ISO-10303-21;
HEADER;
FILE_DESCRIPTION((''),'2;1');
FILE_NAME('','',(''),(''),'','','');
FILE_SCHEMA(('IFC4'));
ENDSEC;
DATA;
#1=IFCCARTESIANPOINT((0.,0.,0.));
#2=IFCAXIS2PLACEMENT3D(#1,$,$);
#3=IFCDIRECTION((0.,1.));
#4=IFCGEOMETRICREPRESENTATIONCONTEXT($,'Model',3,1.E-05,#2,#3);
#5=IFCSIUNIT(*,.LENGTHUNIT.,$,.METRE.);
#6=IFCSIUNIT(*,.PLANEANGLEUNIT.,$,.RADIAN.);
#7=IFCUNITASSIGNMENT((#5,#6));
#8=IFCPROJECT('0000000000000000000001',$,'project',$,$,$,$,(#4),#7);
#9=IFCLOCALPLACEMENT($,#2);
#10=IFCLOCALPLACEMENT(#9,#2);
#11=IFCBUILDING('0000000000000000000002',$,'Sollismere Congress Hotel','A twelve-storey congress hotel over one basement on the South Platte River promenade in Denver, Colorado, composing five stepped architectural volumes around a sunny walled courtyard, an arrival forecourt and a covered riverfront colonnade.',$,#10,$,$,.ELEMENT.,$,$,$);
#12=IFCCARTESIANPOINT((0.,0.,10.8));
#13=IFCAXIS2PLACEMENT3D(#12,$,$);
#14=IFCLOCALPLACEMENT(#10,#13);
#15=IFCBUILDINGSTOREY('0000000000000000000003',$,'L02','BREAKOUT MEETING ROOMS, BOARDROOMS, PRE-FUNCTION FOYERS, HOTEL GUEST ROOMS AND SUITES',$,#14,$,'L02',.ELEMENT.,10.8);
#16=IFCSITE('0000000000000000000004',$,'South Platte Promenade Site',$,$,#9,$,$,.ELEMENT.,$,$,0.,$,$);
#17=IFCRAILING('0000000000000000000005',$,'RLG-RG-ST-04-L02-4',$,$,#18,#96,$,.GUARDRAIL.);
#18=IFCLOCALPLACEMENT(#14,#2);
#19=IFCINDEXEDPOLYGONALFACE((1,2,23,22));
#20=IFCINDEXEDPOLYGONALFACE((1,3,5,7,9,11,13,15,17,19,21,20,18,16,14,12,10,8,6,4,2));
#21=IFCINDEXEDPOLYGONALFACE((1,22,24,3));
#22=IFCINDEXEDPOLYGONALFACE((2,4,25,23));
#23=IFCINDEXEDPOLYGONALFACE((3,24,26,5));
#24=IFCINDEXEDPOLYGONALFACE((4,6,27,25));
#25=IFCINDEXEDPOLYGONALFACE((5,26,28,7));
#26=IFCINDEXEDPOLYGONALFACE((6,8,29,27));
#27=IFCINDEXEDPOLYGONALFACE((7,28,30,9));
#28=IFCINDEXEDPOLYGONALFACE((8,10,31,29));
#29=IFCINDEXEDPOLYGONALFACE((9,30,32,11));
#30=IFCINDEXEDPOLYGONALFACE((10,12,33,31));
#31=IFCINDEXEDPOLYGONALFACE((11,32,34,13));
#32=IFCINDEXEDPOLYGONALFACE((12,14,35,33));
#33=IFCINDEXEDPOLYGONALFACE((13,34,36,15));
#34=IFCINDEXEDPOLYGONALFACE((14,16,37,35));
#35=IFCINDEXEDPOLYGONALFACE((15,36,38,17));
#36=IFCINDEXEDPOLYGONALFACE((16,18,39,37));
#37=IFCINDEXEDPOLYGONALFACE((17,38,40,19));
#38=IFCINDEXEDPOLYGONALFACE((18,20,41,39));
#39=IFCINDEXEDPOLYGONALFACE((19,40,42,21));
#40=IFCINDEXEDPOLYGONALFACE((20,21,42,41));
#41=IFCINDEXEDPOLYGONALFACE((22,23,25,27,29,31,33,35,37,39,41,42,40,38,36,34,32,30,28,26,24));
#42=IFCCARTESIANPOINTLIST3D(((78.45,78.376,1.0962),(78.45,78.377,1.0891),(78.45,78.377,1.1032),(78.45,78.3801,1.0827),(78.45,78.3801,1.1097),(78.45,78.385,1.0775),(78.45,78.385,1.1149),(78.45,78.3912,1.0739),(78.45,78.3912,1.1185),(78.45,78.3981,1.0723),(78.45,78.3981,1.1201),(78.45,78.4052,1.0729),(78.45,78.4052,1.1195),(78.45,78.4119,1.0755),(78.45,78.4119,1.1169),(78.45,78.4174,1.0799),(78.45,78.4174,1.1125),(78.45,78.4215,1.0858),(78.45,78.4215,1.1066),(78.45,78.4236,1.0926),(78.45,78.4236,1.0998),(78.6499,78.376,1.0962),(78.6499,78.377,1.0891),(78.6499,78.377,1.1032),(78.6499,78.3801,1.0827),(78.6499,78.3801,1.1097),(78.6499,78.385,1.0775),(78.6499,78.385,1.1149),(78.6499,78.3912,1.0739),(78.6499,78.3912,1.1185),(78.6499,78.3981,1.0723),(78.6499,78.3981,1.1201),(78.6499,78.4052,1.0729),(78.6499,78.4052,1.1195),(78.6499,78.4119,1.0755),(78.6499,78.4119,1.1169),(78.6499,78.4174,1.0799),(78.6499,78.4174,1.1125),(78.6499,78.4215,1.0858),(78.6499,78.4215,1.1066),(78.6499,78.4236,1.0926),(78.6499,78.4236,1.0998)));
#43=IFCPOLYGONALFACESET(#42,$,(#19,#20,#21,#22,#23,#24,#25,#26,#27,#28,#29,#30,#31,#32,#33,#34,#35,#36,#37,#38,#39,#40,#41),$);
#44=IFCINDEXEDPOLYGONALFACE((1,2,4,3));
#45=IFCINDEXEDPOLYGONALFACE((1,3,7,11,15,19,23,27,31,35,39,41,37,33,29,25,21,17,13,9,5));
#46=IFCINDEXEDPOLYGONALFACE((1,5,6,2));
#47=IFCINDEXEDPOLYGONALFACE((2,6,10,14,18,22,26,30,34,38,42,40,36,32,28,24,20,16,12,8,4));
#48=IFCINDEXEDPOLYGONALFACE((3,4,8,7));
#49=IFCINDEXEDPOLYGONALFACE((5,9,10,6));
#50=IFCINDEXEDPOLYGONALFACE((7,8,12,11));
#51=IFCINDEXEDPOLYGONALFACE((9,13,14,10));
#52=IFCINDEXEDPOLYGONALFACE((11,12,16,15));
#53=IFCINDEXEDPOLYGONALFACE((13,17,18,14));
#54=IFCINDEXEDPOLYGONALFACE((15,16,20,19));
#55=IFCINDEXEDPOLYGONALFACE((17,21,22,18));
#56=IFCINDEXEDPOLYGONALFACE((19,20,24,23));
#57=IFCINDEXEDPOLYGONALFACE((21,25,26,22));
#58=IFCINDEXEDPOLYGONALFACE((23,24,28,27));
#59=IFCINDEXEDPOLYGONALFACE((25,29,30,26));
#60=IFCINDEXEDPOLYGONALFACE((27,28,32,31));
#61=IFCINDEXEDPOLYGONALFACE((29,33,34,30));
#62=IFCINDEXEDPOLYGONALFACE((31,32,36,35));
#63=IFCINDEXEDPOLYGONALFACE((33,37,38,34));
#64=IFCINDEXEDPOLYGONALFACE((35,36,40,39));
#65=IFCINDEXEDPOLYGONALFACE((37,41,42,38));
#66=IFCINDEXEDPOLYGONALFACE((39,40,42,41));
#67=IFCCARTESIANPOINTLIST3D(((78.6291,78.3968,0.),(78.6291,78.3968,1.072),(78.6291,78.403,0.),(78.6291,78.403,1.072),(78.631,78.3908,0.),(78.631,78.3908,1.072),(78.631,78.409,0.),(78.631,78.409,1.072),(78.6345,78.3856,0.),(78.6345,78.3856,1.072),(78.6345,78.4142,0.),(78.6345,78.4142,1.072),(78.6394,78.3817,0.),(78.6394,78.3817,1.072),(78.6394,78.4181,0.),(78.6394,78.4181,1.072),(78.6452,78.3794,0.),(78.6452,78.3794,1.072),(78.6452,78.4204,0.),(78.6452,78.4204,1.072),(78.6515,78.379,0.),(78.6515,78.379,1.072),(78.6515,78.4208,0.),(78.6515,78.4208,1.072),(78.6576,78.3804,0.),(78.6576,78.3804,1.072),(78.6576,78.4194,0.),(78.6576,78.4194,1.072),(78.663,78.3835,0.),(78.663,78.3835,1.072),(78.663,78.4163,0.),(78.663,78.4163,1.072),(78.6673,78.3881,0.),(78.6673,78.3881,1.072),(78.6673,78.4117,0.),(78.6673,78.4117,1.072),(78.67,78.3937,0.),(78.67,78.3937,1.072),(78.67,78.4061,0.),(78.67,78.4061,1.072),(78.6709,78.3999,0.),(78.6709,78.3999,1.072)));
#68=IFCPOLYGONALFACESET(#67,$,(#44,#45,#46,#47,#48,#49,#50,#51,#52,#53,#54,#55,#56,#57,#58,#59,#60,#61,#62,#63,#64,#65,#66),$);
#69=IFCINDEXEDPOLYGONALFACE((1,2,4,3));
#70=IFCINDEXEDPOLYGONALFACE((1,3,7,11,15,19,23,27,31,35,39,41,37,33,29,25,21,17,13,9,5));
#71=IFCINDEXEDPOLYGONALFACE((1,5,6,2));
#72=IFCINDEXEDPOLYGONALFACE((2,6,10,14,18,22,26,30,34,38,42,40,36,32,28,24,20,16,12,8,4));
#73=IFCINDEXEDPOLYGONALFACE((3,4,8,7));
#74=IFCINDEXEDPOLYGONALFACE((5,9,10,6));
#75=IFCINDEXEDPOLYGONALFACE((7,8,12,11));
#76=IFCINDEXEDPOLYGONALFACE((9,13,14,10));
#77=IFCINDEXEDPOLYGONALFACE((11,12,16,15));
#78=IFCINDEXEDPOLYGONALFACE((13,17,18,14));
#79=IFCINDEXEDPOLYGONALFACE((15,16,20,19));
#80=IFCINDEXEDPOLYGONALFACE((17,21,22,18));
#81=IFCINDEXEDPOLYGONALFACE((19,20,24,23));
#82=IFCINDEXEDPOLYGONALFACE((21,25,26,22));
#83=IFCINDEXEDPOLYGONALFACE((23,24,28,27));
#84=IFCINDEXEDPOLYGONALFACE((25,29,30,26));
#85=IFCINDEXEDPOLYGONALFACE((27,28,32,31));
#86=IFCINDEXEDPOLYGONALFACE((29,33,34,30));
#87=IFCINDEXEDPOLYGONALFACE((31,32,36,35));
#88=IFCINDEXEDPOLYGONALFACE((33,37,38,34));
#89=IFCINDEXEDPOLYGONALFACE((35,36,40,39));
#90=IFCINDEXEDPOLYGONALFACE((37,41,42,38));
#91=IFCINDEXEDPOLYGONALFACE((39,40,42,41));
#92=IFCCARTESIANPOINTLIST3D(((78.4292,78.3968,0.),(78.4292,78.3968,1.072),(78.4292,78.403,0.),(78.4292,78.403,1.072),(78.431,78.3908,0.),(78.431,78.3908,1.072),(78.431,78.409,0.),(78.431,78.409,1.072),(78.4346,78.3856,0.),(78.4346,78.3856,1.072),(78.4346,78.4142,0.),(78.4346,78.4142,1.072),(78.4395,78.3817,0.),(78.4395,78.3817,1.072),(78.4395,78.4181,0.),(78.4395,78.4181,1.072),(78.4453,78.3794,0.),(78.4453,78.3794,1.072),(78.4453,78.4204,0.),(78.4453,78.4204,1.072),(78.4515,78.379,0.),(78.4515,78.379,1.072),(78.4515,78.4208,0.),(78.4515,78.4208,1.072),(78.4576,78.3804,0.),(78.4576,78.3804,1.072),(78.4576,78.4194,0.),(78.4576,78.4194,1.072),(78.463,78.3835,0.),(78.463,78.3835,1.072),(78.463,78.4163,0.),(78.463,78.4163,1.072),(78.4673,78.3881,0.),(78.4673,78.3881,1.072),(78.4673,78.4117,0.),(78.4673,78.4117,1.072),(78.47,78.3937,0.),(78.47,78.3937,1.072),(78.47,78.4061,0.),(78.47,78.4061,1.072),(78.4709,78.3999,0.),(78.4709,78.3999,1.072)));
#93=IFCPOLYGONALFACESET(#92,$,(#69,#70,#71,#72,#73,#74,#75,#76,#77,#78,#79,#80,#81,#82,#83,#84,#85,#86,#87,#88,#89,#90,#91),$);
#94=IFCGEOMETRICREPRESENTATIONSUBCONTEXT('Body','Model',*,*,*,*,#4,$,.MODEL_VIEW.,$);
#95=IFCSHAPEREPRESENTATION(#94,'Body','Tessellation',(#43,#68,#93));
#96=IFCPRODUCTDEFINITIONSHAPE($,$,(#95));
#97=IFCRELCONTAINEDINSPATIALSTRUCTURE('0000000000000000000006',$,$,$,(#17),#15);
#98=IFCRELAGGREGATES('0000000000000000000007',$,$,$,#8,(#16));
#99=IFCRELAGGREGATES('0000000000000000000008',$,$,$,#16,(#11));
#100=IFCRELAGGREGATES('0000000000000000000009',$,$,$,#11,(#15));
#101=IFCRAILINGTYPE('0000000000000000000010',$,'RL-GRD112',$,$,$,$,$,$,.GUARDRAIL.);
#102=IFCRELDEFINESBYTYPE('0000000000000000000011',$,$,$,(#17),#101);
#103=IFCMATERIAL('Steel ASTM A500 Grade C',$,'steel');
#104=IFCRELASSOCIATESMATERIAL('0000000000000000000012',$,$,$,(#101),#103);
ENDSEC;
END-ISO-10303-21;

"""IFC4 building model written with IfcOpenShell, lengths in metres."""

from ifc_helpers import new_model, si_unit, direction, frame, origin, origin_2d, place, context, subcontext, project, spatial, circle, extrude, material, type_object, element, save


model = new_model("IFC4")

# Units and contexts
model_context = context("Model", 3, precision=1e-05, world=origin(), true_north=direction((0.0, 1.0)))
body_context = subcontext(model_context, "Body", "Model", "MODEL_VIEW")
ifc_project = project(units=[si_unit("LENGTHUNIT", "METRE"), si_unit("PLANEANGLEUNIT", "RADIAN")], contexts=[model_context])

# Site, building, storey
site_placement = place(None, origin())
site = spatial("IfcSite", under=ifc_project, at=site_placement, Name="South Platte Promenade Site", CompositionType="ELEMENT", RefElevation=0.0)
building_placement = place(site_placement, origin())
building = spatial("IfcBuilding", under=site, at=building_placement, Name="Sollismere Congress Hotel", Description="A twelve-storey congress hotel over one basement on the South Platte River promenade in Denver, Colorado, composing five stepped architectural volumes around a sunny walled courtyard, an arrival forecourt and a covered riverfront colonnade.", CompositionType="ELEMENT")
storey_placement = place(building_placement, frame((0.0, 0.0, 10.8)))
storey = spatial("IfcBuildingStorey", under=building, at=storey_placement, Name="L02", Description="BREAKOUT MEETING ROOMS, BOARDROOMS, PRE-FUNCTION FOYERS, HOTEL GUEST ROOMS AND SUITES", LongName="L02", CompositionType="ELEMENT", Elevation=10.8)

# Railing
ifc_material_1 = material(Name="Steel ASTM A500 Grade C", Category="steel")
railing_type_1 = type_object("IfcRailingType", Name="RL-GRD112", PredefinedType="GUARDRAIL", material=ifc_material_1)
railing_1_placement = place(storey_placement, frame((78.6499, 78.3999, 0.0)))
element("IfcRailing", 1, at=railing_1_placement, inside=storey, type_object=railing_type_1, Name="RLG-RG-ST-04-L02-4", PredefinedType="GUARDRAIL", context=body_context, shape_type="SweptSolid", body=[
    extrude(circle(Radius=0.0239, at=origin_2d()), frame((0.0, 0.0, 1.0962), z_axis=(-1.0, 0.0, 0.0), x_axis=(0.0, -1.0, 0.0)), (0.0, 0.0, 1.0), 0.2),
    extrude(circle(Radius=0.021, at=origin_2d()), origin(), (0.0, 0.0, 1.0), 1.072),
    extrude(circle(Radius=0.021, at=origin_2d()), frame((-0.2, 0.0, 0.0)), (0.0, 0.0, 1.0), 1.072),
])

save(model, "model.ifc")
